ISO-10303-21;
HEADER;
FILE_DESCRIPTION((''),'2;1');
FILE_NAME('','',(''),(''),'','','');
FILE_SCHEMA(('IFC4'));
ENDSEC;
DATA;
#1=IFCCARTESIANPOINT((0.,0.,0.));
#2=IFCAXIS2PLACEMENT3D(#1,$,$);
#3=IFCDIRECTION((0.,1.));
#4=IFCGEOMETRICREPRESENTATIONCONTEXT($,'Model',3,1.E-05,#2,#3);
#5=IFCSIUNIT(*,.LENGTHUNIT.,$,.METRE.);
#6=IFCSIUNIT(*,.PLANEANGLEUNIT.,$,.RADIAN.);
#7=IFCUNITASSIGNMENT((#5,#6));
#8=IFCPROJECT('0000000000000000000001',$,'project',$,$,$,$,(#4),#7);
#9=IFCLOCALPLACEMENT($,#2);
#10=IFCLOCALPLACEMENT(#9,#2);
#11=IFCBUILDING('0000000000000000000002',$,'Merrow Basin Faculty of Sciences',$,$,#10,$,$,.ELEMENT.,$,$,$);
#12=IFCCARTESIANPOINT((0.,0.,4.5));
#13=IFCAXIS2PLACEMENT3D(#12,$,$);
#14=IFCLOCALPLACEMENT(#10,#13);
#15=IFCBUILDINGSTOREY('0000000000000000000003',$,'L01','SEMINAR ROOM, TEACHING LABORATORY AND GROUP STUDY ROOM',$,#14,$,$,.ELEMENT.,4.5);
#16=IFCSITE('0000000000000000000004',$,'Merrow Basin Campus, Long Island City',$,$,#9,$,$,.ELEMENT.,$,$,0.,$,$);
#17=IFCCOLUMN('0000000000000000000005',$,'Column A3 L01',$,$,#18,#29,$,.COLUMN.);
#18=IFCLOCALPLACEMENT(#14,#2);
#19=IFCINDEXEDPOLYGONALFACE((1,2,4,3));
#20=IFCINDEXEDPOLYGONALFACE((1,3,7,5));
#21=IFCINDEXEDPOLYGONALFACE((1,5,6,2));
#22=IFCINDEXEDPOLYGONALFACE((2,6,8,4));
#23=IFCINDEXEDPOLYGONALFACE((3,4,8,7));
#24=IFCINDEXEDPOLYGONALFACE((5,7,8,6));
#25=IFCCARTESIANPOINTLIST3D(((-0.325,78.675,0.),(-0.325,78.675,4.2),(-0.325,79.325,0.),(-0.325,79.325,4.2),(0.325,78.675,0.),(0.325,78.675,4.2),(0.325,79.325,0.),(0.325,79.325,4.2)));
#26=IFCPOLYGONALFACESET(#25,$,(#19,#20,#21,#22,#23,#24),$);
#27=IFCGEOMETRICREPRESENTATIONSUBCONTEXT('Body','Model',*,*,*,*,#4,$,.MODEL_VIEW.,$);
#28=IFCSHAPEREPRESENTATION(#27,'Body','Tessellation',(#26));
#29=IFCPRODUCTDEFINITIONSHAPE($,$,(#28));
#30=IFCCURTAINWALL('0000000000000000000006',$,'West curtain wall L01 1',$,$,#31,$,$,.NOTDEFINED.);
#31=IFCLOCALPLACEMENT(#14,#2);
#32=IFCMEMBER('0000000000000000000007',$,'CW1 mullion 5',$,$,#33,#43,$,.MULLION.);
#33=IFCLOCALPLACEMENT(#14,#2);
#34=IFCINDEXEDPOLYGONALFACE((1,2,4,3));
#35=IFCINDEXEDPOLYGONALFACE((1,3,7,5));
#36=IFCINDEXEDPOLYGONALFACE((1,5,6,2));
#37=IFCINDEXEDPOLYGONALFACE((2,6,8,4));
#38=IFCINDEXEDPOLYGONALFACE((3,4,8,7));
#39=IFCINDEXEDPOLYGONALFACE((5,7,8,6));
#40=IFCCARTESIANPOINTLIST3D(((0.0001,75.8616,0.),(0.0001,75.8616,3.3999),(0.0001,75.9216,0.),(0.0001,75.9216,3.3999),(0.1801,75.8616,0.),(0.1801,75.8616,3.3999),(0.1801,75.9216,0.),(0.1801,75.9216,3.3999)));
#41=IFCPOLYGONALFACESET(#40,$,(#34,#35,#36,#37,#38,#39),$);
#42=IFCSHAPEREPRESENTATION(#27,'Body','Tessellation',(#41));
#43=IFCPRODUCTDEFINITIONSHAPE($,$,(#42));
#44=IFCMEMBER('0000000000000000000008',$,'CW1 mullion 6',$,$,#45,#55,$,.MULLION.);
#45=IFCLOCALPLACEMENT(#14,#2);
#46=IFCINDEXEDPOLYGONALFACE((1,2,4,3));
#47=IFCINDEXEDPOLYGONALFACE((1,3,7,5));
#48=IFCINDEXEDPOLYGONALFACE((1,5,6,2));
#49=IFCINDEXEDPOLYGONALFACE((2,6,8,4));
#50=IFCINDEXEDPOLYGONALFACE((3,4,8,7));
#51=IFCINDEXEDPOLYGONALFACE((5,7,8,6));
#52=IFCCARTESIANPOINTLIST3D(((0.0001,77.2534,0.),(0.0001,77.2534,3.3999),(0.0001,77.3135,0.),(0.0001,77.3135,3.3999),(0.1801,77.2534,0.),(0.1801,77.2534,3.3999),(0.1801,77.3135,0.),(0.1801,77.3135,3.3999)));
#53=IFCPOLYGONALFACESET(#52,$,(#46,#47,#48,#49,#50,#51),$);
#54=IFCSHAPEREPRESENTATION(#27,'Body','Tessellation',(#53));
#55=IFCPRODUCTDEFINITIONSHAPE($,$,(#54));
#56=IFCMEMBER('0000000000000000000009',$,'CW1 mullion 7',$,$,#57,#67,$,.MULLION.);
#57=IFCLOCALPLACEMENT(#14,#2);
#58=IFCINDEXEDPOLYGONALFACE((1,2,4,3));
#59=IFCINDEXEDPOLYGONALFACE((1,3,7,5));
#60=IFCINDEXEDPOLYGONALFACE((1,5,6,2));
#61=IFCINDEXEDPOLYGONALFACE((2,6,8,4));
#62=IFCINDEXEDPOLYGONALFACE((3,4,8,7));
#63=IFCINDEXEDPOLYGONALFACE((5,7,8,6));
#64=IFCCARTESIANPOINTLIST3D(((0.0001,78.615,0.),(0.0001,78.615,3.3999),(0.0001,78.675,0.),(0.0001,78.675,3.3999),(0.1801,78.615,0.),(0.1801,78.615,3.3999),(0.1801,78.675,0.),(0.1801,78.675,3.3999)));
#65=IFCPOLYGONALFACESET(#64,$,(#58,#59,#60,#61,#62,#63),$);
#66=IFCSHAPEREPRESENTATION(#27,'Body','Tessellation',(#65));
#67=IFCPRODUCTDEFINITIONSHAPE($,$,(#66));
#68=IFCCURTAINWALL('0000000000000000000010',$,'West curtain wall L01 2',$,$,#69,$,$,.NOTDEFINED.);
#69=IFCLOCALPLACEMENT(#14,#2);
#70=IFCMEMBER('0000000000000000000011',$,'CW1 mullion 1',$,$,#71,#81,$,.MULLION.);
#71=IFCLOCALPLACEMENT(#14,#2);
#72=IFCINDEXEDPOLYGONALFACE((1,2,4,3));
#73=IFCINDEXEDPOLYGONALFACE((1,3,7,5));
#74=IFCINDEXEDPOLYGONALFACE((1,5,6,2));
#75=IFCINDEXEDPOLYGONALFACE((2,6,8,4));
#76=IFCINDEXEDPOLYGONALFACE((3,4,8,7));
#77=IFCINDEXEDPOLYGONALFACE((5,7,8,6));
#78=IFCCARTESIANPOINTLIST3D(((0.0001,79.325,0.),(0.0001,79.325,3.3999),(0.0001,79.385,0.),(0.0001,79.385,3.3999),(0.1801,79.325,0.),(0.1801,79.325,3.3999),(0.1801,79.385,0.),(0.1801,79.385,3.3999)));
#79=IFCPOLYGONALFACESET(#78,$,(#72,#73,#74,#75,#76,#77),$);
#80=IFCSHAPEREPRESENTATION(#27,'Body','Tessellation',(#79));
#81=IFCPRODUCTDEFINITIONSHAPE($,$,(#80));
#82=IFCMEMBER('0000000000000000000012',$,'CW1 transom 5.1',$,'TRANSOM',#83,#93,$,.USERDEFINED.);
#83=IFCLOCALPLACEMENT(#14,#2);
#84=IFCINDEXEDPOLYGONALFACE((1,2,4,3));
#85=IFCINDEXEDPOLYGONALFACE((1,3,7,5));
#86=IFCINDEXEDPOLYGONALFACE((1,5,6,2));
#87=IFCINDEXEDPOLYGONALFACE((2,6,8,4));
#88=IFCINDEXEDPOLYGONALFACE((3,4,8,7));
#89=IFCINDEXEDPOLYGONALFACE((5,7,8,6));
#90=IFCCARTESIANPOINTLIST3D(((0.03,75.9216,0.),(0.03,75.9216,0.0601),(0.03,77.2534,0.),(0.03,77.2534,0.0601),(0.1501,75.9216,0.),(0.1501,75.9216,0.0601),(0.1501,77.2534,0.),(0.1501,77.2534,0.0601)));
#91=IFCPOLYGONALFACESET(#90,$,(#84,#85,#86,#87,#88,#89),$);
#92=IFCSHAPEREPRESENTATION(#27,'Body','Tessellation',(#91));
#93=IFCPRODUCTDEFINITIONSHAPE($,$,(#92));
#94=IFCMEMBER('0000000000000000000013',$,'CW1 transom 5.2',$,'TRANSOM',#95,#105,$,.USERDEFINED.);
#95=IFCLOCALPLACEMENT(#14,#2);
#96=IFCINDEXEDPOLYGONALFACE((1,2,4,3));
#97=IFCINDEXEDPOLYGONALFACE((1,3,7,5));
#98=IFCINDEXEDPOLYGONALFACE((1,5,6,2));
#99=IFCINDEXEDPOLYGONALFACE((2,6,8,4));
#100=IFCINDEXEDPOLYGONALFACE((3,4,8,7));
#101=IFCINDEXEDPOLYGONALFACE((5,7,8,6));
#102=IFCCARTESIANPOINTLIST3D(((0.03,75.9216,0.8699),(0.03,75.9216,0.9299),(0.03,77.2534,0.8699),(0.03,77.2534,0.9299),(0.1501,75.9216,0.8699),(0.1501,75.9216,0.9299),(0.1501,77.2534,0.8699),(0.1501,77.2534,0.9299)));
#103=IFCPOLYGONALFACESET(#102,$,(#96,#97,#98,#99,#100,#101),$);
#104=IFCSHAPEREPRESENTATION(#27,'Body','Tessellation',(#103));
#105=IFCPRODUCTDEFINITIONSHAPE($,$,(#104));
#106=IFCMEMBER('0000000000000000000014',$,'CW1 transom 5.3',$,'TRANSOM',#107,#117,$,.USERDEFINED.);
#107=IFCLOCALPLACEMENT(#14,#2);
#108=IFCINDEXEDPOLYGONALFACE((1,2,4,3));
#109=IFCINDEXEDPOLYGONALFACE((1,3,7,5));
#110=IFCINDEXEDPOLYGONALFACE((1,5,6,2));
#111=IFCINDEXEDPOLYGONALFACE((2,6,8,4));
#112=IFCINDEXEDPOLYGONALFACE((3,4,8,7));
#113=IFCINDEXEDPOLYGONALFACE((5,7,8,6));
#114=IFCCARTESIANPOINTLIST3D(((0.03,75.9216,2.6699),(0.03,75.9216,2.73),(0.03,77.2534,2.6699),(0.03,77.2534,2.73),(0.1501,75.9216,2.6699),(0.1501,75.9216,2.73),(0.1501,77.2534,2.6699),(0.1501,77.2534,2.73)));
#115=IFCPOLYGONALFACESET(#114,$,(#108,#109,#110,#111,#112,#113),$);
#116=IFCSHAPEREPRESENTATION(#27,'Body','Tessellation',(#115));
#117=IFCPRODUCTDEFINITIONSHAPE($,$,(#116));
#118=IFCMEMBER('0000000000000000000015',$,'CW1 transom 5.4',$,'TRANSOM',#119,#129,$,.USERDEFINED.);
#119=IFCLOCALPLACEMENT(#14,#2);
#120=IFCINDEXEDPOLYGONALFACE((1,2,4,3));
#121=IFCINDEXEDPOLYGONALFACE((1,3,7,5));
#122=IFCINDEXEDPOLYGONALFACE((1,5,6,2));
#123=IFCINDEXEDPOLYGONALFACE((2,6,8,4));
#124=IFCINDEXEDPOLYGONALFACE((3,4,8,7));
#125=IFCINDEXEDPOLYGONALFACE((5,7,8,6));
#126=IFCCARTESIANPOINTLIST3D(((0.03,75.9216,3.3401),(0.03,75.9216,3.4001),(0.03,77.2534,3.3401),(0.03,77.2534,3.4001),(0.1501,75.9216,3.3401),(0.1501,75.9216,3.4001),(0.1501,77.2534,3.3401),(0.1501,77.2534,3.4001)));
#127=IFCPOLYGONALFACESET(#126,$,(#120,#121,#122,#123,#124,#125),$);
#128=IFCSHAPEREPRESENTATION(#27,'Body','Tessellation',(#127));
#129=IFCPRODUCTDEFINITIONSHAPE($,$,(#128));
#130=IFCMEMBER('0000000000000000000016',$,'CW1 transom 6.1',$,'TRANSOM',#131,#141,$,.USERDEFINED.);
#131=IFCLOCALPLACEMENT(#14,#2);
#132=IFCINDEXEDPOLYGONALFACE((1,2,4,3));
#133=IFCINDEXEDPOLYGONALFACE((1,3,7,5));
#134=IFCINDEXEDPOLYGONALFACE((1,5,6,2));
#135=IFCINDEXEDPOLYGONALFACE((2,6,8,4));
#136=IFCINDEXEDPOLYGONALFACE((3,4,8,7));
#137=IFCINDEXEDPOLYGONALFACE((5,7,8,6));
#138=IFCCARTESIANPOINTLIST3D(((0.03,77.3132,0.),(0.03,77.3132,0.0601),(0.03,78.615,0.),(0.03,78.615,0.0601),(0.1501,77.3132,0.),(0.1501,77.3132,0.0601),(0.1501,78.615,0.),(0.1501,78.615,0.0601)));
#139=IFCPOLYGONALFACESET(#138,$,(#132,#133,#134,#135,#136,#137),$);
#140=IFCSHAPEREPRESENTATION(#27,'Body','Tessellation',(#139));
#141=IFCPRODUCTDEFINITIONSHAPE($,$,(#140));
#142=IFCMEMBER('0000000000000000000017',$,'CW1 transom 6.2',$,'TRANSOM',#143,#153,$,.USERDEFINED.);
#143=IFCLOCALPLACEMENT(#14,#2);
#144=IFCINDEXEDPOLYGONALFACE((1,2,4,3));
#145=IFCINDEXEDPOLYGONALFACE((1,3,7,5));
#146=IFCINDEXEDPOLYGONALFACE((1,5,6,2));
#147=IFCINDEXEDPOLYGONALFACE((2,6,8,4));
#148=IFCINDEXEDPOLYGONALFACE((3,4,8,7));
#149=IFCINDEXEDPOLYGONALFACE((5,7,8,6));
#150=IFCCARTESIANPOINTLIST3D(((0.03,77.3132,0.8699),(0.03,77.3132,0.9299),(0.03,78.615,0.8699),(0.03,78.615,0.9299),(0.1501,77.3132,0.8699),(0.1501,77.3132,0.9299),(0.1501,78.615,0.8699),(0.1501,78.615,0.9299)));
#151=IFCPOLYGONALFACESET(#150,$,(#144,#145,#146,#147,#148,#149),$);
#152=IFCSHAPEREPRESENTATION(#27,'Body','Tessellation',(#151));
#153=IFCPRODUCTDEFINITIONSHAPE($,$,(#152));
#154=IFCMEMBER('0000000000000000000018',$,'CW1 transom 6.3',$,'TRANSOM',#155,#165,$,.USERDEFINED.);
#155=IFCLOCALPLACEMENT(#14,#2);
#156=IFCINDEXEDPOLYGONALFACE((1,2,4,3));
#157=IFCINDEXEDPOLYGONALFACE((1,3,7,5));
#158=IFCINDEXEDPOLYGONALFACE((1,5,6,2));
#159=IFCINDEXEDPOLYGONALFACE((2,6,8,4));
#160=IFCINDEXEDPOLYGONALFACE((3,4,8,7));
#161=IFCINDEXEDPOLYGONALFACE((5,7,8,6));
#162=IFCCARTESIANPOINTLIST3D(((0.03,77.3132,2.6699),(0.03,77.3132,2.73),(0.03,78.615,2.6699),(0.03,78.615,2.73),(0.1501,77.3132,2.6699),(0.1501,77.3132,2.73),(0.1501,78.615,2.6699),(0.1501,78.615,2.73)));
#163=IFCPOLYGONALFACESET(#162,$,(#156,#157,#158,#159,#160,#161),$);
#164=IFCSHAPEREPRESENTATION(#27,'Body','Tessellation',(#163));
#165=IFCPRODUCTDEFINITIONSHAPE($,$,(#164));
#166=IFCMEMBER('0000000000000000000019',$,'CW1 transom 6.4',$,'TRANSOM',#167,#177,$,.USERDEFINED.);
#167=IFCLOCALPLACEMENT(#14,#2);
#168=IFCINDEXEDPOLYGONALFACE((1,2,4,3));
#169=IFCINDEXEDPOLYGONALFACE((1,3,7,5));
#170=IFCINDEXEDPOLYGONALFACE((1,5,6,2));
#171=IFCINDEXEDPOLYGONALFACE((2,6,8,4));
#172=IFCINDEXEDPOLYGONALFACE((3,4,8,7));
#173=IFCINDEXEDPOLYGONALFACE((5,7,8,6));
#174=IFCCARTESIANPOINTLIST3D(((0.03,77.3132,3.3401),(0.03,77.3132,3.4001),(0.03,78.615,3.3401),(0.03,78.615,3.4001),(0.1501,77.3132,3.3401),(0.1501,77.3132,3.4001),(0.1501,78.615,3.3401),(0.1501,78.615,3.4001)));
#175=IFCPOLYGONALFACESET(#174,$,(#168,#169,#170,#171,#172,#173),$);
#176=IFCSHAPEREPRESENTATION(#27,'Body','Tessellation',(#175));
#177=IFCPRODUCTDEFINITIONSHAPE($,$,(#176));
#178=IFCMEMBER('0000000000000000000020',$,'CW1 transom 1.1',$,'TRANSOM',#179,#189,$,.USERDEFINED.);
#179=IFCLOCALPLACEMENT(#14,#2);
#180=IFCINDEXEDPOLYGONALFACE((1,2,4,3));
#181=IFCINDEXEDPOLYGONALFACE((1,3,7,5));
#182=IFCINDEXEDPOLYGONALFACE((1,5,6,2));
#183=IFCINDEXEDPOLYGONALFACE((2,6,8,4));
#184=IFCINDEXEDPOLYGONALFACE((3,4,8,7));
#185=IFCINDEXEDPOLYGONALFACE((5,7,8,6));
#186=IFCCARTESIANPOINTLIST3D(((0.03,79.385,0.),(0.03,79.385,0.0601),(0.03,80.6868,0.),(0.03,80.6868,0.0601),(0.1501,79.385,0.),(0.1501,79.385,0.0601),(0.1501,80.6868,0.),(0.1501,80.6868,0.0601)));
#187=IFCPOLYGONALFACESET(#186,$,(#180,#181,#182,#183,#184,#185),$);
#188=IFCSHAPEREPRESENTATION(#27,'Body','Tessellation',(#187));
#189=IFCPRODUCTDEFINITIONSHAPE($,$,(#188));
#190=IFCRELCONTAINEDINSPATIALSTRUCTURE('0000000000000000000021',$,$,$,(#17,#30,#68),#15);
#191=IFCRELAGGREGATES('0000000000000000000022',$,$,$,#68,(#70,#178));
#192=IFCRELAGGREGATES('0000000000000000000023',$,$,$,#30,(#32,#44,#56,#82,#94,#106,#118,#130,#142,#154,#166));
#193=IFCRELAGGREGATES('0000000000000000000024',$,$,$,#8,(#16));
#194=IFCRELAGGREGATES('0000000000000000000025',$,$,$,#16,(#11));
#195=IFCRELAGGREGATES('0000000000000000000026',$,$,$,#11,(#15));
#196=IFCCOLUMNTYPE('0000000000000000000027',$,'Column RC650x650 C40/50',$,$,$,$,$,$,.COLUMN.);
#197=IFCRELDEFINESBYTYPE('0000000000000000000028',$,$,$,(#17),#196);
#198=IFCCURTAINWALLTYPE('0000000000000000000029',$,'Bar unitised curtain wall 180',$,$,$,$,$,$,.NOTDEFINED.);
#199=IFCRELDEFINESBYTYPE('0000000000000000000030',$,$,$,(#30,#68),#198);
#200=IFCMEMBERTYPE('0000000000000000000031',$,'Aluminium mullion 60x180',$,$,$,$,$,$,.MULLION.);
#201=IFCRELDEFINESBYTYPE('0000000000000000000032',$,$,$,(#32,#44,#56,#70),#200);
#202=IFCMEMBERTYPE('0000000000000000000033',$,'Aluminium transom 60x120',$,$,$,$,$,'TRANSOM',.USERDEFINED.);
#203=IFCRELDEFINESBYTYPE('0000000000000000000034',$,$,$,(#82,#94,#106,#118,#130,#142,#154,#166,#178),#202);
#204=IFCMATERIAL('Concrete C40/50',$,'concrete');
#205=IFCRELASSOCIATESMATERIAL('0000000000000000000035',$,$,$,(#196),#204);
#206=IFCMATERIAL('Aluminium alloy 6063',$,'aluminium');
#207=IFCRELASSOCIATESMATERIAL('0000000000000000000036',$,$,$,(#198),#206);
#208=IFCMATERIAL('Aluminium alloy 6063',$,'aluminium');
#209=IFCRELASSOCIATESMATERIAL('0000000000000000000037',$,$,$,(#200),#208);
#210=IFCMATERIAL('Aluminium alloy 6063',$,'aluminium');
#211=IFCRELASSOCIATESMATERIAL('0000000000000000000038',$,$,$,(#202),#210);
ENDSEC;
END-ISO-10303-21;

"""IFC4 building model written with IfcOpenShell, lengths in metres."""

from ifc_helpers import new_model, si_unit, direction, frame, origin, origin_2d, place, context, subcontext, project, spatial, rectangle, extrude, material, material_profile, profile_set, type_object, element, aggregate, save


model = new_model("IFC4")

# Units and contexts
model_context = context("Model", 3, precision=1e-05, world=origin(), true_north=direction((0.0, 1.0)))
body_context = subcontext(model_context, "Body", "Model", "MODEL_VIEW")
ifc_project = project(units=[si_unit("LENGTHUNIT", "METRE"), si_unit("PLANEANGLEUNIT", "RADIAN")], contexts=[model_context])

# Site, building, storey
site_placement = place(None, origin())
site = spatial("IfcSite", under=ifc_project, at=site_placement, Name="Merrow Basin Campus, Long Island City", CompositionType="ELEMENT", RefElevation=0.0)
building_placement = place(site_placement, origin())
building = spatial("IfcBuilding", under=site, at=building_placement, Name="Merrow Basin Faculty of Sciences", CompositionType="ELEMENT")
storey_placement = place(building_placement, frame((0.0, 0.0, 4.5)))
storey = spatial("IfcBuildingStorey", under=building, at=storey_placement, Name="L01", Description="SEMINAR ROOM, TEACHING LABORATORY AND GROUP STUDY ROOM", CompositionType="ELEMENT", Elevation=4.5)

# Column
ifc_material_1 = material(Name="Concrete C40/50", Category="concrete")
ifc_material_profile_1 = material_profile(ifc_material_1, rectangle(XDim=0.6499, YDim=0.6499, at=origin_2d()))
ifc_profile_set_1 = profile_set([ifc_material_profile_1], Name="Concrete C40/50")
column_type = type_object("IfcColumnType", Name="Column RC650x650 C40/50", PredefinedType="COLUMN", material=ifc_profile_set_1)
column_placement = place(storey_placement, frame((0.0, 79.0, 0.0), z_axis=(0.0, 0.0, 1.0), x_axis=(1.0, 0.0, 0.0)))
element("IfcColumn", 1, at=column_placement, inside=storey, type_object=column_type, Name="Column A3 L01", PredefinedType="COLUMN", context=body_context, shape_type="SweptSolid", body=[
    extrude(rectangle(XDim=0.6499, YDim=0.6499, at=origin_2d()), origin(), (0.0, 0.0, 1.0), 4.2),
])

# Curtain wall, members
ifc_material_2 = material(Name="Aluminium alloy 6063", Category="aluminium")
curtain_wall_type = type_object("IfcCurtainWallType", Name="Bar unitised curtain wall 180", PredefinedType="NOTDEFINED", material=ifc_material_2)
curtain_wall_1_placement = place(storey_placement, origin())
curtain_wall_1 = element("IfcCurtainWall", 2, at=curtain_wall_1_placement, inside=storey, type_object=curtain_wall_type, Name="West curtain wall L01 1", PredefinedType="NOTDEFINED")
ifc_material_3 = material(Name="Aluminium alloy 6063", Category="aluminium")
ifc_material_profile_2 = material_profile(ifc_material_3, rectangle(XDim=0.1799, YDim=0.0601, at=origin_2d()))
ifc_profile_set_2 = profile_set([ifc_material_profile_2], Name="Aluminium alloy 6063")
member_type_1 = type_object("IfcMemberType", Name="Aluminium mullion 60x180", PredefinedType="MULLION", material=ifc_profile_set_2)
member_1_placement = place(storey_placement, frame((0.0901, 75.8916, 0.0), z_axis=(0.0, 0.0, 1.0), x_axis=(-1.0, 0.0, 0.0)))
member_1 = element("IfcMember", 3, at=member_1_placement, type_object=member_type_1, Name="CW1 mullion 5", PredefinedType="MULLION", context=body_context, shape_type="SweptSolid", body=[
    extrude(rectangle(XDim=0.1799, YDim=0.0601, at=origin_2d()), origin(), (0.0, 0.0, 1.0), 3.3999),
])
member_2_placement = place(storey_placement, frame((0.0901, 77.2834, 0.0), z_axis=(0.0, 0.0, 1.0), x_axis=(-1.0, 0.0, 0.0)))
member_2 = element("IfcMember", 4, at=member_2_placement, type_object=member_type_1, Name="CW1 mullion 6", PredefinedType="MULLION", context=body_context, shape_type="SweptSolid", body=[
    extrude(rectangle(XDim=0.1799, YDim=0.0601, at=origin_2d()), origin(), (0.0, 0.0, 1.0), 3.3999),
])
member_3_placement = place(storey_placement, frame((0.0901, 78.645, 0.0), z_axis=(0.0, 0.0, 1.0), x_axis=(-1.0, 0.0, 0.0)))
member_3 = element("IfcMember", 5, at=member_3_placement, type_object=member_type_1, Name="CW1 mullion 7", PredefinedType="MULLION", context=body_context, shape_type="SweptSolid", body=[
    extrude(rectangle(XDim=0.1799, YDim=0.0601, at=origin_2d()), origin(), (0.0, 0.0, 1.0), 3.3999),
])

# Curtain wall, member
curtain_wall_2_placement = place(storey_placement, origin())
curtain_wall_2 = element("IfcCurtainWall", 6, at=curtain_wall_2_placement, inside=storey, type_object=curtain_wall_type, Name="West curtain wall L01 2", PredefinedType="NOTDEFINED")
member_4_placement = place(storey_placement, frame((0.0901, 79.355, 0.0), z_axis=(0.0, 0.0, 1.0), x_axis=(-1.0, 0.0, 0.0)))
member_4 = element("IfcMember", 7, at=member_4_placement, type_object=member_type_1, Name="CW1 mullion 1", PredefinedType="MULLION", context=body_context, shape_type="SweptSolid", body=[
    extrude(rectangle(XDim=0.1799, YDim=0.0601, at=origin_2d()), origin(), (0.0, 0.0, 1.0), 3.3999),
])

# Members
ifc_material_4 = material(Name="Aluminium alloy 6063", Category="aluminium")
ifc_material_profile_3 = material_profile(ifc_material_4, rectangle(XDim=0.1201, YDim=0.0601, at=origin_2d()))
ifc_profile_set_3 = profile_set([ifc_material_profile_3], Name="Aluminium alloy 6063")
member_type_2 = type_object("IfcMemberType", Name="Aluminium transom 60x120", ElementType="TRANSOM", PredefinedType="USERDEFINED", material=ifc_profile_set_3)
member_5_placement = place(storey_placement, frame((0.0901, 75.9216, 0.03), z_axis=(0.0, 1.0, 0.0), x_axis=(-1.0, 0.0, 0.0)))
member_5 = element("IfcMember", 8, at=member_5_placement, type_object=member_type_2, Name="CW1 transom 5.1", ObjectType="TRANSOM", PredefinedType="USERDEFINED", context=body_context, shape_type="SweptSolid", body=[
    extrude(rectangle(XDim=0.1201, YDim=0.0601, at=origin_2d()), origin(), (0.0, 0.0, 1.0), 1.3318),
])
member_6_placement = place(storey_placement, frame((0.0901, 75.9216, 0.8999), z_axis=(0.0, 1.0, 0.0), x_axis=(-1.0, 0.0, 0.0)))
member_6 = element("IfcMember", 9, at=member_6_placement, type_object=member_type_2, Name="CW1 transom 5.2", ObjectType="TRANSOM", PredefinedType="USERDEFINED", context=body_context, shape_type="SweptSolid", body=[
    extrude(rectangle(XDim=0.1201, YDim=0.0601, at=origin_2d()), origin(), (0.0, 0.0, 1.0), 1.3318),
])
member_7_placement = place(storey_placement, frame((0.0901, 75.9216, 2.7), z_axis=(0.0, 1.0, 0.0), x_axis=(-1.0, 0.0, 0.0)))
member_7 = element("IfcMember", 10, at=member_7_placement, type_object=member_type_2, Name="CW1 transom 5.3", ObjectType="TRANSOM", PredefinedType="USERDEFINED", context=body_context, shape_type="SweptSolid", body=[
    extrude(rectangle(XDim=0.1201, YDim=0.0601, at=origin_2d()), origin(), (0.0, 0.0, 1.0), 1.3318),
])
member_8_placement = place(storey_placement, frame((0.0901, 75.9216, 3.3701), z_axis=(0.0, 1.0, 0.0), x_axis=(-1.0, 0.0, 0.0)))
member_8 = element("IfcMember", 11, at=member_8_placement, type_object=member_type_2, Name="CW1 transom 5.4", ObjectType="TRANSOM", PredefinedType="USERDEFINED", context=body_context, shape_type="SweptSolid", body=[
    extrude(rectangle(XDim=0.1201, YDim=0.0601, at=origin_2d()), origin(), (0.0, 0.0, 1.0), 1.3318),
])
member_9_placement = place(storey_placement, frame((0.0901, 77.3132, 0.03), z_axis=(0.0, 1.0, 0.0), x_axis=(-1.0, 0.0, 0.0)))
member_9 = element("IfcMember", 12, at=member_9_placement, type_object=member_type_2, Name="CW1 transom 6.1", ObjectType="TRANSOM", PredefinedType="USERDEFINED", context=body_context, shape_type="SweptSolid", body=[
    extrude(rectangle(XDim=0.1201, YDim=0.0601, at=origin_2d()), origin(), (0.0, 0.0, 1.0), 1.3018),
])
member_10_placement = place(storey_placement, frame((0.0901, 77.3132, 0.8999), z_axis=(0.0, 1.0, 0.0), x_axis=(-1.0, 0.0, 0.0)))
member_10 = element("IfcMember", 13, at=member_10_placement, type_object=member_type_2, Name="CW1 transom 6.2", ObjectType="TRANSOM", PredefinedType="USERDEFINED", context=body_context, shape_type="SweptSolid", body=[
    extrude(rectangle(XDim=0.1201, YDim=0.0601, at=origin_2d()), origin(), (0.0, 0.0, 1.0), 1.3018),
])
member_11_placement = place(storey_placement, frame((0.0901, 77.3132, 2.7), z_axis=(0.0, 1.0, 0.0), x_axis=(-1.0, 0.0, 0.0)))
member_11 = element("IfcMember", 14, at=member_11_placement, type_object=member_type_2, Name="CW1 transom 6.3", ObjectType="TRANSOM", PredefinedType="USERDEFINED", context=body_context, shape_type="SweptSolid", body=[
    extrude(rectangle(XDim=0.1201, YDim=0.0601, at=origin_2d()), origin(), (0.0, 0.0, 1.0), 1.3018),
])
member_12_placement = place(storey_placement, frame((0.0901, 77.3132, 3.3701), z_axis=(0.0, 1.0, 0.0), x_axis=(-1.0, 0.0, 0.0)))
member_12 = element("IfcMember", 15, at=member_12_placement, type_object=member_type_2, Name="CW1 transom 6.4", ObjectType="TRANSOM", PredefinedType="USERDEFINED", context=body_context, shape_type="SweptSolid", body=[
    extrude(rectangle(XDim=0.1201, YDim=0.0601, at=origin_2d()), origin(), (0.0, 0.0, 1.0), 1.3018),
])
member_13_placement = place(storey_placement, frame((0.0901, 79.385, 0.03), z_axis=(0.0, 1.0, 0.0), x_axis=(-1.0, 0.0, 0.0)))
member_13 = element("IfcMember", 16, at=member_13_placement, type_object=member_type_2, Name="CW1 transom 1.1", ObjectType="TRANSOM", PredefinedType="USERDEFINED", context=body_context, shape_type="SweptSolid", body=[
    extrude(rectangle(XDim=0.1201, YDim=0.0601, at=origin_2d()), origin(), (0.0, 0.0, 1.0), 1.3018),
])
aggregate(curtain_wall_2, [member_4, member_13])

aggregate(curtain_wall_1, [member_1, member_2, member_3, member_5, member_6, member_7, member_8, member_9, member_10, member_11, member_12])

save(model, "model.ifc")
